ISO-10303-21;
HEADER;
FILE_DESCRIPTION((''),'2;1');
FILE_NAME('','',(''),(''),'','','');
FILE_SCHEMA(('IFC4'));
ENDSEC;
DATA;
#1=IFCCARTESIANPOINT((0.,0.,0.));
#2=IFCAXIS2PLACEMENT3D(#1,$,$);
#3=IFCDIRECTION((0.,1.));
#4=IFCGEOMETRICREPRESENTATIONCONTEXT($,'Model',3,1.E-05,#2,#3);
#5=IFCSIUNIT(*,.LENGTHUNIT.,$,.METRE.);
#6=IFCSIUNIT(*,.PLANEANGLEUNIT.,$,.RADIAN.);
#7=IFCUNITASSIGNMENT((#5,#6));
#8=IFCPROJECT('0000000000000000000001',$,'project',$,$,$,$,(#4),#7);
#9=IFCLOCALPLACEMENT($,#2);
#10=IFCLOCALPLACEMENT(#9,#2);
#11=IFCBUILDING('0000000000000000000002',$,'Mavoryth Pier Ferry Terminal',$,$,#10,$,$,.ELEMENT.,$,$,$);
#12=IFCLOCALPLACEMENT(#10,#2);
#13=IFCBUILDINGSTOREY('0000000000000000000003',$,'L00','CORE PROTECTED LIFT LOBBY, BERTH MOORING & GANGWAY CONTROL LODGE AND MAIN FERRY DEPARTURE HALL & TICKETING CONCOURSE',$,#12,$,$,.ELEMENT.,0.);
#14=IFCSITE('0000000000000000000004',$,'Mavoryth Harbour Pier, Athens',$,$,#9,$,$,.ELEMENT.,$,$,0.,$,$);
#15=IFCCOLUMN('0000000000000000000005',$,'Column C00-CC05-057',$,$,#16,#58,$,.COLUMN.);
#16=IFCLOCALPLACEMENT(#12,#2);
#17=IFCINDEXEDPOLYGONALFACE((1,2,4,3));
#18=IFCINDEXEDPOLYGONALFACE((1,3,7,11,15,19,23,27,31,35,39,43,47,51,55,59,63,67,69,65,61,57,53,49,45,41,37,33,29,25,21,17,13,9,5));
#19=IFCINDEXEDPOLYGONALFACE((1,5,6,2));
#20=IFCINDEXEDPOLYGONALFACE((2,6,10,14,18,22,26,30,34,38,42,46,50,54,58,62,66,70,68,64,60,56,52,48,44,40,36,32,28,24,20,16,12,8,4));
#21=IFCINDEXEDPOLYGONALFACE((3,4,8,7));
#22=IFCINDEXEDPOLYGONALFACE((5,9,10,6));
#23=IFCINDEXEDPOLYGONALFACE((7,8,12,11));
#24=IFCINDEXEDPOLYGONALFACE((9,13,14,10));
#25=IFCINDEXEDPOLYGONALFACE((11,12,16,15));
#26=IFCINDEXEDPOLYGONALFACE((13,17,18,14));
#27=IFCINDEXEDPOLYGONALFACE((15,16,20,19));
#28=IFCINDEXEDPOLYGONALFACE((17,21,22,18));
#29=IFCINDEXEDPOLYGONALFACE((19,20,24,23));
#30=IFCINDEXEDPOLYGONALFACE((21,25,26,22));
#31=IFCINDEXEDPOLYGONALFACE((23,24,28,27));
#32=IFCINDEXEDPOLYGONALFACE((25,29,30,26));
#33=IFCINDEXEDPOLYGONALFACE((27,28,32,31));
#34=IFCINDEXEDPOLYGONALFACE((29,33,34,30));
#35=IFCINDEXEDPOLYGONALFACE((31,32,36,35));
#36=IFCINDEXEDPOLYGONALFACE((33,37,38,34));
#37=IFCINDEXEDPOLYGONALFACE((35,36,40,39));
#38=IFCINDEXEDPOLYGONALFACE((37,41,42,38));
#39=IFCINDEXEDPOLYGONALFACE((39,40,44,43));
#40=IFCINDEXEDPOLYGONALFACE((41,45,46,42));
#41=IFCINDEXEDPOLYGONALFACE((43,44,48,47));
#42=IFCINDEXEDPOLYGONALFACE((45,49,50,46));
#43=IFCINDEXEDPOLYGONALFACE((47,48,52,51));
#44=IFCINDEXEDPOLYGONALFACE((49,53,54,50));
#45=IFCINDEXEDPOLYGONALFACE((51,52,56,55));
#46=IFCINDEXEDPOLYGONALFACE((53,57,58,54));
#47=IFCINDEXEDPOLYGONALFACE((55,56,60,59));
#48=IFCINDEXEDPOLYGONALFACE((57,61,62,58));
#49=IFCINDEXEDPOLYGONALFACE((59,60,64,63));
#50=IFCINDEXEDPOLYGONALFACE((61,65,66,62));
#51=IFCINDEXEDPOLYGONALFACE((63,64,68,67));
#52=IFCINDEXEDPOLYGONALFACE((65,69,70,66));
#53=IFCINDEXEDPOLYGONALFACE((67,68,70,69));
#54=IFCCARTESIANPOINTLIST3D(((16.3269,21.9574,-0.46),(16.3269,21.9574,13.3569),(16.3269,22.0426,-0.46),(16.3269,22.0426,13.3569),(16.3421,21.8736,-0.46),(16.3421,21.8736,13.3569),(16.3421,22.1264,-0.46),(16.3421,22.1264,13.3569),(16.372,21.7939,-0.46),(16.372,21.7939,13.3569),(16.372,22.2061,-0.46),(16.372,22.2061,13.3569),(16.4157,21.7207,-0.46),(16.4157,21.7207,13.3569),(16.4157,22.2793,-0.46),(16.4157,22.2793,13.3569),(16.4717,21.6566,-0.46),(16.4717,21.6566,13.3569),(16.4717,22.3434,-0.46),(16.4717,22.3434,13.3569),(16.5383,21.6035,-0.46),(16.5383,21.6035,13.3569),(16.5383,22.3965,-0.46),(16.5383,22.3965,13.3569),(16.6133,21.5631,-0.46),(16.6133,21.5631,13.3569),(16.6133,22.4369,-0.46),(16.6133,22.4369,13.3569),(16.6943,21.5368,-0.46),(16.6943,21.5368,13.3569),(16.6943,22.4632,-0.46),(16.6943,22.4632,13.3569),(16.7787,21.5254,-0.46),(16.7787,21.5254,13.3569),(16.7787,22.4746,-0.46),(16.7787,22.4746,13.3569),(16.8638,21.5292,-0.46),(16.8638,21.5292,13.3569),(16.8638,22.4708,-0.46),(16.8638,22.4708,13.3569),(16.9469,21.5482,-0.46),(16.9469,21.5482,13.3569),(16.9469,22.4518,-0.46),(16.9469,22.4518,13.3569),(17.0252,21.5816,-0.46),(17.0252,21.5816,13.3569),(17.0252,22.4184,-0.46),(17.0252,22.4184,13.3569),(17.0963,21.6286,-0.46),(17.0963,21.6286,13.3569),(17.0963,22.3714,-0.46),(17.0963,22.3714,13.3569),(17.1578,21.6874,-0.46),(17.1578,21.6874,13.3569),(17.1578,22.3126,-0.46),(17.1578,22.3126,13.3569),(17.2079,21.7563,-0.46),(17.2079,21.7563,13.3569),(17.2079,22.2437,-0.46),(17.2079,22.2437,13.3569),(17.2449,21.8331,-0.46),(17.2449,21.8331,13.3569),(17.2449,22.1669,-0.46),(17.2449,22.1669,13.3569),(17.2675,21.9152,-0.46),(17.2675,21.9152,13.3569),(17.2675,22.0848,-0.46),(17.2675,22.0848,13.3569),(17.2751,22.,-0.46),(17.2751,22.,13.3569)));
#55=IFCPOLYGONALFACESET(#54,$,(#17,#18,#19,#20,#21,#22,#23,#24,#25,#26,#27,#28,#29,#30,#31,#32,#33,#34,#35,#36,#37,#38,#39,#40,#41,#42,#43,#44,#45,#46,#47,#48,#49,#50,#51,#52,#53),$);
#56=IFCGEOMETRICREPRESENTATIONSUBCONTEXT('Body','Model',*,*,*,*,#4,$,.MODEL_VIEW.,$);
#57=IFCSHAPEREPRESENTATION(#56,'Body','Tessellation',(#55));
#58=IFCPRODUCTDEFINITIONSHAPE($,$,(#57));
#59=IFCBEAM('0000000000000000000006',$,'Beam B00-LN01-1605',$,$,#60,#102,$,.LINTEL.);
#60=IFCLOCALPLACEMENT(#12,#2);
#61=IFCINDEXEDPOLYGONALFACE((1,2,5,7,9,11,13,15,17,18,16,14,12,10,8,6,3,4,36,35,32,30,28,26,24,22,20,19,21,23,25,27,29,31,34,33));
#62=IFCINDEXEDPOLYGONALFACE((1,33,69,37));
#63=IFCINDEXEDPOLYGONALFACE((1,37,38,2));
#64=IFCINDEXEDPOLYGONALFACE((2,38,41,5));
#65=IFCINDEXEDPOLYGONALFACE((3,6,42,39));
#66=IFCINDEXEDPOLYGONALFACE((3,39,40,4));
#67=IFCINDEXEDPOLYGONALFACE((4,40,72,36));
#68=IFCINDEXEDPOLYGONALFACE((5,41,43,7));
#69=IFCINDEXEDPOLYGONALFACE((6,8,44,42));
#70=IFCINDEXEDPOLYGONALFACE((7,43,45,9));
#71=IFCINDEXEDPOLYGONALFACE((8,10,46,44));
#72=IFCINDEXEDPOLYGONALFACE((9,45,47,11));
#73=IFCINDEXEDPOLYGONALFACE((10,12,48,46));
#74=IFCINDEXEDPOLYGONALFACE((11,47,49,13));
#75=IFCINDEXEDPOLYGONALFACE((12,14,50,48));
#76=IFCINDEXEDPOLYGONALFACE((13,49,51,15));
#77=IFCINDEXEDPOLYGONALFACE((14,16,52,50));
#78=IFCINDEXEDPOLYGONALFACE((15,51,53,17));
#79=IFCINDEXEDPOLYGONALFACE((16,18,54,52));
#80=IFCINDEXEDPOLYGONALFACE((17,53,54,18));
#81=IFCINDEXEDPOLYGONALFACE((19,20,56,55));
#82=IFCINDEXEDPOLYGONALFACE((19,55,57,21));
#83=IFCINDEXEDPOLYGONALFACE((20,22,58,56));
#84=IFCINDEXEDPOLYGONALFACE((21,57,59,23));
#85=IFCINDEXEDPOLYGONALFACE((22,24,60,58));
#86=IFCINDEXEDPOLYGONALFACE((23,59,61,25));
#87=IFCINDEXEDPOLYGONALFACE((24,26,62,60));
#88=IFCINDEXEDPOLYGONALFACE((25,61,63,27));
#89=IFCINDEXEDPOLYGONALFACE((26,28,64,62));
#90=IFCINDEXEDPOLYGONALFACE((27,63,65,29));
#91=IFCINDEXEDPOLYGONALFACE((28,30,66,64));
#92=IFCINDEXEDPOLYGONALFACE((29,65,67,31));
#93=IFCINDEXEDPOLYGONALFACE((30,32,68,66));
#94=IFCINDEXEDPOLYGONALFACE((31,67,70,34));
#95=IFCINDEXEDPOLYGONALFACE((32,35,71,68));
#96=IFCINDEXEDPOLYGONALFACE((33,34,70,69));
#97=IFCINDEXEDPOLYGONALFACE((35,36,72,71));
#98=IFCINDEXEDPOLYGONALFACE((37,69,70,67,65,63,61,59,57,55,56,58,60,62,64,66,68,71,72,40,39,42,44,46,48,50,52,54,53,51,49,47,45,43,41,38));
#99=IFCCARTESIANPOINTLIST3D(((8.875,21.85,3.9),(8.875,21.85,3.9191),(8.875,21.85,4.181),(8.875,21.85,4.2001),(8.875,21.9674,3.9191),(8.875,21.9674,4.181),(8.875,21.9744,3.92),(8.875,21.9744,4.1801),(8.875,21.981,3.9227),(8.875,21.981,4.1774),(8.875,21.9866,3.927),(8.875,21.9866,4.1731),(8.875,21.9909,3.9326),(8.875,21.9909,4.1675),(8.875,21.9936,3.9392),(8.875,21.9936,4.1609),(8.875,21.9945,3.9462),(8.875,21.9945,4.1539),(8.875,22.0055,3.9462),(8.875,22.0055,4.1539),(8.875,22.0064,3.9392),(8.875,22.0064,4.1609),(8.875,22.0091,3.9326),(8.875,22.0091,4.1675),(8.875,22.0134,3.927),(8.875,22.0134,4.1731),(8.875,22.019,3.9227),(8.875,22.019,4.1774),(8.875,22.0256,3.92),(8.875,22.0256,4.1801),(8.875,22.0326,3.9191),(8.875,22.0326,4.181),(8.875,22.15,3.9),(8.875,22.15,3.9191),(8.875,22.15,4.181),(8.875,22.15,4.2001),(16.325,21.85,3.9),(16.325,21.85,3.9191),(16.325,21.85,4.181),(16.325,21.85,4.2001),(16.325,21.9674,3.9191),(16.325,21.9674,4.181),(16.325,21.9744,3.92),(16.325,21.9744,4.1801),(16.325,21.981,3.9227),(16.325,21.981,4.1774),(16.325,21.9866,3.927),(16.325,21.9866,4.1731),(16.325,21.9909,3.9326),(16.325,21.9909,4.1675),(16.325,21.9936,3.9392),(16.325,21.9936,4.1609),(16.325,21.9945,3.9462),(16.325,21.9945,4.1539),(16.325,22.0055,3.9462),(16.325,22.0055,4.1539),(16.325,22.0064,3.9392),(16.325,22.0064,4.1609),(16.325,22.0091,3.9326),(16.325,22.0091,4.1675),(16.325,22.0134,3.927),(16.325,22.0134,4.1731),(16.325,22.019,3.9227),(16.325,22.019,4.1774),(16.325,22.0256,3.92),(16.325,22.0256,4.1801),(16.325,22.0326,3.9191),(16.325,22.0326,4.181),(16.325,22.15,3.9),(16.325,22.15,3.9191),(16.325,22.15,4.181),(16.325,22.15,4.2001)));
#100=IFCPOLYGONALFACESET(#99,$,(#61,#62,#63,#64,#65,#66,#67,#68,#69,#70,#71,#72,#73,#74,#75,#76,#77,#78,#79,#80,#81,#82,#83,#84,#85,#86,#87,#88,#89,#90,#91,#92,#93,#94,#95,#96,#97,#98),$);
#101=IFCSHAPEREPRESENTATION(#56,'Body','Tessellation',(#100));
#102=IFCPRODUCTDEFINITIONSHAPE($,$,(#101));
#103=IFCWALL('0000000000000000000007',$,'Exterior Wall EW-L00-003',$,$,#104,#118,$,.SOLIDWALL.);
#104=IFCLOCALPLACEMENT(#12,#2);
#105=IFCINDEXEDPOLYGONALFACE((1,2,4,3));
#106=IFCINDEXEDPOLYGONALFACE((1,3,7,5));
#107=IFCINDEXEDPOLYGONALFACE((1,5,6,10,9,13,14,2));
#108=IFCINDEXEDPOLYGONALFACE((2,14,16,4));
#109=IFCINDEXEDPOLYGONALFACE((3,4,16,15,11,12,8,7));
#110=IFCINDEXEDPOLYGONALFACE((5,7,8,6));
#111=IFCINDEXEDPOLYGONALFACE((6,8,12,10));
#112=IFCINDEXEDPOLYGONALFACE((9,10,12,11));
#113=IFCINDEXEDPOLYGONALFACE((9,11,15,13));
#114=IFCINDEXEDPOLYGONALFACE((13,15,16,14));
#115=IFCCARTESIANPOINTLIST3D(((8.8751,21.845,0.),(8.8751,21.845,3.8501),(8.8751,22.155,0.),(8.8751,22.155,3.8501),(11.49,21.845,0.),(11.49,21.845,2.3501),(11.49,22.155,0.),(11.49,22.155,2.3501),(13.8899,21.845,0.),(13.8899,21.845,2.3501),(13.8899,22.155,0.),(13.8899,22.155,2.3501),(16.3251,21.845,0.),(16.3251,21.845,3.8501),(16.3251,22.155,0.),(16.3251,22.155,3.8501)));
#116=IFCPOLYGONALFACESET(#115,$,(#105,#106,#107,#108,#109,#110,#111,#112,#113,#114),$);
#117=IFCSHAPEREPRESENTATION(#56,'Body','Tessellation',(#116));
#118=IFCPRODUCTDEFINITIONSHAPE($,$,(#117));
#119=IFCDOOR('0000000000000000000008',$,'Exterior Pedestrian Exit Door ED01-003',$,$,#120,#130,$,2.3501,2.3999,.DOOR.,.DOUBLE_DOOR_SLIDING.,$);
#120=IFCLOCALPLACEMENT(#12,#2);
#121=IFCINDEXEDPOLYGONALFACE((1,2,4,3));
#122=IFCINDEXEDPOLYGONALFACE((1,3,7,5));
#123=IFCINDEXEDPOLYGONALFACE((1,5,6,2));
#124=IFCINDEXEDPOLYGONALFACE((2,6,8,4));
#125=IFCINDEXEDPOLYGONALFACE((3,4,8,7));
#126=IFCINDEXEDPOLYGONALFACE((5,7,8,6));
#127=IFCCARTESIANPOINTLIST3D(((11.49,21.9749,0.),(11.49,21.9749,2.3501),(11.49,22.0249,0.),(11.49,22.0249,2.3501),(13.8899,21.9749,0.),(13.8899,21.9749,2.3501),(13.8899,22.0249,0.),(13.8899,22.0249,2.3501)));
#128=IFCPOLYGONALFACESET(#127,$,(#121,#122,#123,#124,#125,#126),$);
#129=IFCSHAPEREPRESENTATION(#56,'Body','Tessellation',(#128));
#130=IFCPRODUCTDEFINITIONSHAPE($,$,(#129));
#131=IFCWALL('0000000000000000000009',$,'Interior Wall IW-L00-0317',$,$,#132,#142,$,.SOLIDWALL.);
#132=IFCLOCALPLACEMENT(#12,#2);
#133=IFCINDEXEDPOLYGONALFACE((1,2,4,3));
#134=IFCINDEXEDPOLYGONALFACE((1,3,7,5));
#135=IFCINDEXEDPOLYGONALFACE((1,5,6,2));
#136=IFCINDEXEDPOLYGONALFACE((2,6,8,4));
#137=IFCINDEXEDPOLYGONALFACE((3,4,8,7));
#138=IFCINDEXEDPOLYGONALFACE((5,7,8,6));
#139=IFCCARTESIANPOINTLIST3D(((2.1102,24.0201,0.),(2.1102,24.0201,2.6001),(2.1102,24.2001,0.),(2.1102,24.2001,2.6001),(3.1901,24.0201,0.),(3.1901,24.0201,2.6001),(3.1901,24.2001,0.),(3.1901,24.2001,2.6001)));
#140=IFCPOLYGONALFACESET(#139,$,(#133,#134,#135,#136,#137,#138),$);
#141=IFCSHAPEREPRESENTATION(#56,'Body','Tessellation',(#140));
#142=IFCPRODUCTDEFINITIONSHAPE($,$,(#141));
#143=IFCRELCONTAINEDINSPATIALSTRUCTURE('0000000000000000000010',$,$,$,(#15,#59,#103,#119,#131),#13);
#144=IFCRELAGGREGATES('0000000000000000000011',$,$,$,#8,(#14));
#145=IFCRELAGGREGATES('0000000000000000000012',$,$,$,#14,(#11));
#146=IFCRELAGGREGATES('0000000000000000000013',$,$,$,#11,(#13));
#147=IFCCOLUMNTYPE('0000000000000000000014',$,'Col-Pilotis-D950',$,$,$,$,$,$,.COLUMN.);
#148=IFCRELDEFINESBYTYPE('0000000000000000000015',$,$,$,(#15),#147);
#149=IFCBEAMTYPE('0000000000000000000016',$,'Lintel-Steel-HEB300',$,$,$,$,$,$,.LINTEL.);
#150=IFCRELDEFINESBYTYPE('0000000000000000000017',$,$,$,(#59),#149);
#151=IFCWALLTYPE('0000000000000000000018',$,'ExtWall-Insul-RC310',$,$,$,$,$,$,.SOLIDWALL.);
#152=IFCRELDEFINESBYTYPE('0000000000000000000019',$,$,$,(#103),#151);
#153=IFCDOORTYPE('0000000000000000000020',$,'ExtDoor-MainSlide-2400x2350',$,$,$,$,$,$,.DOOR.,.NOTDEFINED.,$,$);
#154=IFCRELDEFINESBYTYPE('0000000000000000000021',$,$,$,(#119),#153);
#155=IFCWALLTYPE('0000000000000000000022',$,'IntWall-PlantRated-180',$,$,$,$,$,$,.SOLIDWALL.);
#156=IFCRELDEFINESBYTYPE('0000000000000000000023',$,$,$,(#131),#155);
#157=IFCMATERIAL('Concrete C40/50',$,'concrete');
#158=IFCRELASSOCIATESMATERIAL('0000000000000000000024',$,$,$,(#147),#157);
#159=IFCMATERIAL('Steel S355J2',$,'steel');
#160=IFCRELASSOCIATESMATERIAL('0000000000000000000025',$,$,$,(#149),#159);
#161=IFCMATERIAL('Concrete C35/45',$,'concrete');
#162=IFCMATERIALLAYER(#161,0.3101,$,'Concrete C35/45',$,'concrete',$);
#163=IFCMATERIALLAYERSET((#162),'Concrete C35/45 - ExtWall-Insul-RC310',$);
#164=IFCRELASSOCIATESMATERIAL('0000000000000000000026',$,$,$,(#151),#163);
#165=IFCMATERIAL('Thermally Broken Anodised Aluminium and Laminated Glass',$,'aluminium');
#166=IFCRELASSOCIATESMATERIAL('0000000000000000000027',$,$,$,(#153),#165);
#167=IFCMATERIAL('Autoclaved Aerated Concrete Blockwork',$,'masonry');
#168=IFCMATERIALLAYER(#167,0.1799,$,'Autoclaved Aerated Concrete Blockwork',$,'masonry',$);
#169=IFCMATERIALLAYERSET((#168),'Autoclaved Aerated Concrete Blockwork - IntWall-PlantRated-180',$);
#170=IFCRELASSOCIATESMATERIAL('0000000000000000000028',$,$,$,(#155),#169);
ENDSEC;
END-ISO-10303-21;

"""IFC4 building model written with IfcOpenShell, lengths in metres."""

from ifc_helpers import new_model, si_unit, direction, frame, frame_2d, origin, origin_2d, place, context, subcontext, project, spatial, rectangle, circle, i_section, extrude, material, layer, layer_set, material_profile, profile_set, type_object, element, fill, save


model = new_model("IFC4")

# Units and contexts
model_context = context("Model", 3, precision=1e-05, world=origin(), true_north=direction((0.0, 1.0)))
body_context = subcontext(model_context, "Body", "Model", "MODEL_VIEW")
ifc_project = project(units=[si_unit("LENGTHUNIT", "METRE"), si_unit("PLANEANGLEUNIT", "RADIAN")], contexts=[model_context])

# Site, building, storey
site_placement = place(None, origin())
site = spatial("IfcSite", under=ifc_project, at=site_placement, Name="Mavoryth Harbour Pier, Athens", CompositionType="ELEMENT", RefElevation=0.0)
building_placement = place(site_placement, origin())
building = spatial("IfcBuilding", under=site, at=building_placement, Name="Mavoryth Pier Ferry Terminal", CompositionType="ELEMENT")
storey_placement = place(building_placement, origin())
storey = spatial("IfcBuildingStorey", under=building, at=storey_placement, Name="L00", Description="CORE PROTECTED LIFT LOBBY, BERTH MOORING & GANGWAY CONTROL LODGE AND MAIN FERRY DEPARTURE HALL & TICKETING CONCOURSE", CompositionType="ELEMENT", Elevation=0.0)

# Shared definitions
ifc_material_1 = material(Name="Concrete C35/45", Category="concrete")

# Column
ifc_material_2 = material(Name="Concrete C40/50", Category="concrete")
ifc_material_profile_1 = material_profile(ifc_material_2, circle(Radius=0.4751, at=origin_2d()), Name="RC D950", Category="concrete")
ifc_profile_set_1 = profile_set([ifc_material_profile_1], Name="Concrete C40/50 - RC D950")
column_type_1 = type_object("IfcColumnType", Name="Col-Pilotis-D950", PredefinedType="COLUMN", material=ifc_profile_set_1)
column_1_placement = place(storey_placement, frame((16.8, 22.0, -0.46), z_axis=(0.0, 0.0, 1.0), x_axis=(1.0, 0.0, 0.0)))
element("IfcColumn", 1, at=column_1_placement, inside=storey, type_object=column_type_1, Name="Column C00-CC05-057", PredefinedType="COLUMN", context=body_context, shape_type="SweptSolid", body=[
    extrude(circle(Radius=0.4751, at=origin_2d()), origin(), (0.0, 0.0, 1.0), 13.8169),
])

# Beam
ifc_material_3 = material(Name="Steel S355J2", Category="steel")
ifc_material_profile_2 = material_profile(ifc_material_3, i_section(OverallWidth=0.3, OverallDepth=0.3, WebThickness=0.011, FlangeThickness=0.019, FilletRadius=0.0271, at=origin_2d()), Name="HEB 300", Category="steel")
ifc_profile_set_2 = profile_set([ifc_material_profile_2], Name="Steel S355J2 - HEB 300")
beam_type = type_object("IfcBeamType", Name="Lintel-Steel-HEB300", PredefinedType="LINTEL", material=ifc_profile_set_2)
beam_placement = place(storey_placement, frame((8.875, 22.0, 4.05), z_axis=(1.0, 0.0, 0.0), x_axis=(0.0, 1.0, 0.0)))
element("IfcBeam", 2, at=beam_placement, inside=storey, type_object=beam_type, Name="Beam B00-LN01-1605", PredefinedType="LINTEL", context=body_context, shape_type="SweptSolid", body=[
    extrude(i_section(OverallWidth=0.3, OverallDepth=0.3, WebThickness=0.011, FlangeThickness=0.019, FilletRadius=0.0271, at=origin_2d()), origin(), (0.0, 0.0, 1.0), 7.45),
])

# Wall, opening, door
ifc_layer_1 = layer(ifc_material_1, 0.3101, Name="Concrete C35/45", Category="concrete")
ifc_layer_set_1 = layer_set([ifc_layer_1], Name="Concrete C35/45 - ExtWall-Insul-RC310")
wall_type_1 = type_object("IfcWallType", Name="ExtWall-Insul-RC310", PredefinedType="SOLIDWALL", material=ifc_layer_set_1)
wall_1_placement = place(storey_placement, frame((8.875, 22.0, 0.0), z_axis=(0.0, 0.0, 1.0), x_axis=(1.0, 0.0, 0.0)))
wall_1 = element("IfcWall", 3, at=wall_1_placement, inside=storey, type_object=wall_type_1, Name="Exterior Wall EW-L00-003", PredefinedType="SOLIDWALL", context=body_context, shape_type="SweptSolid", body=[
    extrude(rectangle(XDim=7.45, YDim=0.3101, at=frame_2d((3.7251, 0.0))), origin(), (0.0, 0.0, 1.0), 3.8501),
])
opening_placement = place(wall_1_placement, frame((2.615, 0.0, 0.0)))
opening = element("IfcOpeningElement", 4, at=opening_placement, cuts=wall_1, PredefinedType="OPENING", context=body_context, shape_type="SweptSolid", body=[
    extrude(rectangle(XDim=2.3999, YDim=2.3501, at=frame_2d((1.2, 1.175))), frame((0.0, 0.165, 0.0), z_axis=(0.0, -1.0, 0.0), x_axis=(1.0, 0.0, 0.0)), (0.0, 0.0, 1.0), 0.3301),
])
ifc_material_4 = material(Name="Thermally Broken Anodised Aluminium and Laminated Glass", Category="aluminium")
door_type = type_object("IfcDoorType", Name="ExtDoor-MainSlide-2400x2350", OperationType="NOTDEFINED", PredefinedType="DOOR", material=ifc_material_4)
door_placement = place(opening_placement, origin())
door = element("IfcDoor", 5, at=door_placement, inside=storey, type_object=door_type, Name="Exterior Pedestrian Exit Door ED01-003", OperationType="DOUBLE_DOOR_SLIDING", OverallHeight=2.3501, OverallWidth=2.3999, PredefinedType="DOOR", context=body_context, shape_type="SweptSolid", body=[
    extrude(rectangle(XDim=2.3999, YDim=2.3501, at=frame_2d((1.2, 1.175))), frame((0.0, 0.0249, 0.0), z_axis=(0.0, -1.0, 0.0), x_axis=(1.0, 0.0, 0.0)), (0.0, 0.0, 1.0), 0.05),
])
fill(opening, door)

# Wall
ifc_material_5 = material(Name="Autoclaved Aerated Concrete Blockwork", Category="masonry")
ifc_layer_2 = layer(ifc_material_5, 0.1799, Name="Autoclaved Aerated Concrete Blockwork", Category="masonry")
ifc_layer_set_2 = layer_set([ifc_layer_2], Name="Autoclaved Aerated Concrete Blockwork - IntWall-PlantRated-180")
wall_type_2 = type_object("IfcWallType", Name="IntWall-PlantRated-180", PredefinedType="SOLIDWALL", material=ifc_layer_set_2)
wall_2_placement = place(storey_placement, frame((2.1101, 24.1101, 0.0), z_axis=(0.0, 0.0, 1.0), x_axis=(1.0, 0.0, 0.0)))
element("IfcWall", 6, at=wall_2_placement, inside=storey, type_object=wall_type_2, Name="Interior Wall IW-L00-0317", PredefinedType="SOLIDWALL", context=body_context, shape_type="SweptSolid", body=[
    extrude(rectangle(XDim=1.0798, YDim=0.1799, at=frame_2d((0.54, 0.0))), origin(), (0.0, 0.0, 1.0), 2.6001),
])

save(model, "model.ifc")
